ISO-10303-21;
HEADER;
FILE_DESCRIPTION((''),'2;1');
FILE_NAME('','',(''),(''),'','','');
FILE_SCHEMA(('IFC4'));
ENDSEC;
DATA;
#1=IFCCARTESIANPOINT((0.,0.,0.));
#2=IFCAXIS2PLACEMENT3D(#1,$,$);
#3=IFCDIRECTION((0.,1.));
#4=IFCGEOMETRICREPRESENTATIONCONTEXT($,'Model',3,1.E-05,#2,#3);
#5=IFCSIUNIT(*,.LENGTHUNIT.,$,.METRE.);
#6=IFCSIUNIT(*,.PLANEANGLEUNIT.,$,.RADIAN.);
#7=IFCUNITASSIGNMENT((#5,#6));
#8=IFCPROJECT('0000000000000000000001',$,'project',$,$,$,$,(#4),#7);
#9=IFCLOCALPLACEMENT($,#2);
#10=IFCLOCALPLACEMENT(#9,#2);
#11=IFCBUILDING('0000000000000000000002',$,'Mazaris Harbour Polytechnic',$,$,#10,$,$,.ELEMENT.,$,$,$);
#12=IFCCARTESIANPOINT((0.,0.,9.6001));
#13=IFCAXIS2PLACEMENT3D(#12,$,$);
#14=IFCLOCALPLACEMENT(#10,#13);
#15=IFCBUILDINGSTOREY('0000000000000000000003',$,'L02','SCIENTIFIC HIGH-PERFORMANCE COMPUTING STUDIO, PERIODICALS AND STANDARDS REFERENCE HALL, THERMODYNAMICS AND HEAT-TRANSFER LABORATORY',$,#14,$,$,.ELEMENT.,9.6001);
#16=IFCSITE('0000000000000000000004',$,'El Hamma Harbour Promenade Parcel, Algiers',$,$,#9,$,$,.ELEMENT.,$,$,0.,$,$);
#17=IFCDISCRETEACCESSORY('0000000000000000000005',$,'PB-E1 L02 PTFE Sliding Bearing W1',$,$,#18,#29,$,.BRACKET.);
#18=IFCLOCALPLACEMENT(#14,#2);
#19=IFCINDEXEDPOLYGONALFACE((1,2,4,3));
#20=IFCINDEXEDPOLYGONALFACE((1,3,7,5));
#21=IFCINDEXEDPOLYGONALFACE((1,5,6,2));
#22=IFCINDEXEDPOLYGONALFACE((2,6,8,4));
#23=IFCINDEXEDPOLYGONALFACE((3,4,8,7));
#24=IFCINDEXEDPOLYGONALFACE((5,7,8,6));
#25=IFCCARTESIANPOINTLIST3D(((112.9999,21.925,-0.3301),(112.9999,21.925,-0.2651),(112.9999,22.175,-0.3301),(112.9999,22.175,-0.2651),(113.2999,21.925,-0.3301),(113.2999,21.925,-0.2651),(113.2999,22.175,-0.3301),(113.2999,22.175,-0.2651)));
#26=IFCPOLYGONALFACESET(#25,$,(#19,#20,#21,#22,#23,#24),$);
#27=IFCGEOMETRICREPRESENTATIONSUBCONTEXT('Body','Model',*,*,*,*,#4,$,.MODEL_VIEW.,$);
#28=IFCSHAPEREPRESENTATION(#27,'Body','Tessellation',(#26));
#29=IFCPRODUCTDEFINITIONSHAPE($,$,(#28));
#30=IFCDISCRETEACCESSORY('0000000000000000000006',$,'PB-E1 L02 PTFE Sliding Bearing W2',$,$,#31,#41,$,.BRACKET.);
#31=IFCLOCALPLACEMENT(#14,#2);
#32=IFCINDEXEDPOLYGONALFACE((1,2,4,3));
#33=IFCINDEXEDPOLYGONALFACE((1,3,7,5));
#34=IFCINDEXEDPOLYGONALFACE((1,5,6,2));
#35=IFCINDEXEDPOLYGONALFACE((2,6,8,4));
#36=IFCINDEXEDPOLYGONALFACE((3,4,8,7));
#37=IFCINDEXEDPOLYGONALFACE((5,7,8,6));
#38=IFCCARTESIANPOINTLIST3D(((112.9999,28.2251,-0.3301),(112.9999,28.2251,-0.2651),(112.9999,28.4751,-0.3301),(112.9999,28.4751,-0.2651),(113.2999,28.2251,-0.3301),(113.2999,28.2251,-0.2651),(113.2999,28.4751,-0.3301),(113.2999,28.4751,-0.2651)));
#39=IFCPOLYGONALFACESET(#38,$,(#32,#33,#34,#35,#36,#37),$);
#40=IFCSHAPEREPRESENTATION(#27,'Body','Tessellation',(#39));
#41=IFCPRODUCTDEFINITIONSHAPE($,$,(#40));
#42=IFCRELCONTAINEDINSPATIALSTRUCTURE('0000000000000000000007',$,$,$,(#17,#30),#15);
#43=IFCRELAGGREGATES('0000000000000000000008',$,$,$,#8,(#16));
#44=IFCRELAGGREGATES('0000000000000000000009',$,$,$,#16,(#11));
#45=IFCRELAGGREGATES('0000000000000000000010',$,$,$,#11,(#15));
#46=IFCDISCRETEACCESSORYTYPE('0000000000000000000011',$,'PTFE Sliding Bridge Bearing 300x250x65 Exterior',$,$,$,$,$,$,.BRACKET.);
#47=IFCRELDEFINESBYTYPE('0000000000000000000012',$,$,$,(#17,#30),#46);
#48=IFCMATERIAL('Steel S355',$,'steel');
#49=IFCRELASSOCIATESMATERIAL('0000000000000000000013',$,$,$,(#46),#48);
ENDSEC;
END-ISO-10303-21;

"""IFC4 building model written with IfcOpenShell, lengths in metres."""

from ifc_helpers import new_model, si_unit, direction, frame, origin, origin_2d, place, context, subcontext, project, spatial, rectangle, extrude, material, type_object, element, save


model = new_model("IFC4")

# Units and contexts
model_context = context("Model", 3, precision=1e-05, world=origin(), true_north=direction((0.0, 1.0)))
body_context = subcontext(model_context, "Body", "Model", "MODEL_VIEW")
ifc_project = project(units=[si_unit("LENGTHUNIT", "METRE"), si_unit("PLANEANGLEUNIT", "RADIAN")], contexts=[model_context])

# Site, building, storey
site_placement = place(None, origin())
site = spatial("IfcSite", under=ifc_project, at=site_placement, Name="El Hamma Harbour Promenade Parcel, Algiers", CompositionType="ELEMENT", RefElevation=0.0)
building_placement = place(site_placement, origin())
building = spatial("IfcBuilding", under=site, at=building_placement, Name="Mazaris Harbour Polytechnic", CompositionType="ELEMENT")
storey_placement = place(building_placement, frame((0.0, 0.0, 9.6001)))
storey = spatial("IfcBuildingStorey", under=building, at=storey_placement, Name="L02", Description="SCIENTIFIC HIGH-PERFORMANCE COMPUTING STUDIO, PERIODICALS AND STANDARDS REFERENCE HALL, THERMODYNAMICS AND HEAT-TRANSFER LABORATORY", CompositionType="ELEMENT", Elevation=9.6001)

# Discrete accessories
ifc_material_1 = material(Name="Steel S355", Category="steel")
discrete_accessory_type = type_object("IfcDiscreteAccessoryType", Name="PTFE Sliding Bridge Bearing 300x250x65 Exterior", PredefinedType="BRACKET", material=ifc_material_1)
for number, where, z_axis, x_axis, name in (
    (1, (113.1499, 22.05, -0.3301), (0.0, 0.0, 1.0), (1.0, 0.0, 0.0), "PB-E1 L02 PTFE Sliding Bearing W1"),
    (2, (113.1499, 28.3501, -0.3301), (0.0, 0.0, 1.0), (1.0, 0.0, 0.0), "PB-E1 L02 PTFE Sliding Bearing W2"),
):
    element("IfcDiscreteAccessory", number, at=place(storey_placement, frame(where, z_axis=z_axis, x_axis=x_axis)), inside=storey, type_object=discrete_accessory_type, Name=name, PredefinedType="BRACKET", context=body_context, shape_type="SweptSolid", body=[
        extrude(rectangle(XDim=0.3, YDim=0.25, at=origin_2d()), origin(), (0.0, 0.0, 1.0), 0.0649),
    ])

save(model, "model.ifc")
